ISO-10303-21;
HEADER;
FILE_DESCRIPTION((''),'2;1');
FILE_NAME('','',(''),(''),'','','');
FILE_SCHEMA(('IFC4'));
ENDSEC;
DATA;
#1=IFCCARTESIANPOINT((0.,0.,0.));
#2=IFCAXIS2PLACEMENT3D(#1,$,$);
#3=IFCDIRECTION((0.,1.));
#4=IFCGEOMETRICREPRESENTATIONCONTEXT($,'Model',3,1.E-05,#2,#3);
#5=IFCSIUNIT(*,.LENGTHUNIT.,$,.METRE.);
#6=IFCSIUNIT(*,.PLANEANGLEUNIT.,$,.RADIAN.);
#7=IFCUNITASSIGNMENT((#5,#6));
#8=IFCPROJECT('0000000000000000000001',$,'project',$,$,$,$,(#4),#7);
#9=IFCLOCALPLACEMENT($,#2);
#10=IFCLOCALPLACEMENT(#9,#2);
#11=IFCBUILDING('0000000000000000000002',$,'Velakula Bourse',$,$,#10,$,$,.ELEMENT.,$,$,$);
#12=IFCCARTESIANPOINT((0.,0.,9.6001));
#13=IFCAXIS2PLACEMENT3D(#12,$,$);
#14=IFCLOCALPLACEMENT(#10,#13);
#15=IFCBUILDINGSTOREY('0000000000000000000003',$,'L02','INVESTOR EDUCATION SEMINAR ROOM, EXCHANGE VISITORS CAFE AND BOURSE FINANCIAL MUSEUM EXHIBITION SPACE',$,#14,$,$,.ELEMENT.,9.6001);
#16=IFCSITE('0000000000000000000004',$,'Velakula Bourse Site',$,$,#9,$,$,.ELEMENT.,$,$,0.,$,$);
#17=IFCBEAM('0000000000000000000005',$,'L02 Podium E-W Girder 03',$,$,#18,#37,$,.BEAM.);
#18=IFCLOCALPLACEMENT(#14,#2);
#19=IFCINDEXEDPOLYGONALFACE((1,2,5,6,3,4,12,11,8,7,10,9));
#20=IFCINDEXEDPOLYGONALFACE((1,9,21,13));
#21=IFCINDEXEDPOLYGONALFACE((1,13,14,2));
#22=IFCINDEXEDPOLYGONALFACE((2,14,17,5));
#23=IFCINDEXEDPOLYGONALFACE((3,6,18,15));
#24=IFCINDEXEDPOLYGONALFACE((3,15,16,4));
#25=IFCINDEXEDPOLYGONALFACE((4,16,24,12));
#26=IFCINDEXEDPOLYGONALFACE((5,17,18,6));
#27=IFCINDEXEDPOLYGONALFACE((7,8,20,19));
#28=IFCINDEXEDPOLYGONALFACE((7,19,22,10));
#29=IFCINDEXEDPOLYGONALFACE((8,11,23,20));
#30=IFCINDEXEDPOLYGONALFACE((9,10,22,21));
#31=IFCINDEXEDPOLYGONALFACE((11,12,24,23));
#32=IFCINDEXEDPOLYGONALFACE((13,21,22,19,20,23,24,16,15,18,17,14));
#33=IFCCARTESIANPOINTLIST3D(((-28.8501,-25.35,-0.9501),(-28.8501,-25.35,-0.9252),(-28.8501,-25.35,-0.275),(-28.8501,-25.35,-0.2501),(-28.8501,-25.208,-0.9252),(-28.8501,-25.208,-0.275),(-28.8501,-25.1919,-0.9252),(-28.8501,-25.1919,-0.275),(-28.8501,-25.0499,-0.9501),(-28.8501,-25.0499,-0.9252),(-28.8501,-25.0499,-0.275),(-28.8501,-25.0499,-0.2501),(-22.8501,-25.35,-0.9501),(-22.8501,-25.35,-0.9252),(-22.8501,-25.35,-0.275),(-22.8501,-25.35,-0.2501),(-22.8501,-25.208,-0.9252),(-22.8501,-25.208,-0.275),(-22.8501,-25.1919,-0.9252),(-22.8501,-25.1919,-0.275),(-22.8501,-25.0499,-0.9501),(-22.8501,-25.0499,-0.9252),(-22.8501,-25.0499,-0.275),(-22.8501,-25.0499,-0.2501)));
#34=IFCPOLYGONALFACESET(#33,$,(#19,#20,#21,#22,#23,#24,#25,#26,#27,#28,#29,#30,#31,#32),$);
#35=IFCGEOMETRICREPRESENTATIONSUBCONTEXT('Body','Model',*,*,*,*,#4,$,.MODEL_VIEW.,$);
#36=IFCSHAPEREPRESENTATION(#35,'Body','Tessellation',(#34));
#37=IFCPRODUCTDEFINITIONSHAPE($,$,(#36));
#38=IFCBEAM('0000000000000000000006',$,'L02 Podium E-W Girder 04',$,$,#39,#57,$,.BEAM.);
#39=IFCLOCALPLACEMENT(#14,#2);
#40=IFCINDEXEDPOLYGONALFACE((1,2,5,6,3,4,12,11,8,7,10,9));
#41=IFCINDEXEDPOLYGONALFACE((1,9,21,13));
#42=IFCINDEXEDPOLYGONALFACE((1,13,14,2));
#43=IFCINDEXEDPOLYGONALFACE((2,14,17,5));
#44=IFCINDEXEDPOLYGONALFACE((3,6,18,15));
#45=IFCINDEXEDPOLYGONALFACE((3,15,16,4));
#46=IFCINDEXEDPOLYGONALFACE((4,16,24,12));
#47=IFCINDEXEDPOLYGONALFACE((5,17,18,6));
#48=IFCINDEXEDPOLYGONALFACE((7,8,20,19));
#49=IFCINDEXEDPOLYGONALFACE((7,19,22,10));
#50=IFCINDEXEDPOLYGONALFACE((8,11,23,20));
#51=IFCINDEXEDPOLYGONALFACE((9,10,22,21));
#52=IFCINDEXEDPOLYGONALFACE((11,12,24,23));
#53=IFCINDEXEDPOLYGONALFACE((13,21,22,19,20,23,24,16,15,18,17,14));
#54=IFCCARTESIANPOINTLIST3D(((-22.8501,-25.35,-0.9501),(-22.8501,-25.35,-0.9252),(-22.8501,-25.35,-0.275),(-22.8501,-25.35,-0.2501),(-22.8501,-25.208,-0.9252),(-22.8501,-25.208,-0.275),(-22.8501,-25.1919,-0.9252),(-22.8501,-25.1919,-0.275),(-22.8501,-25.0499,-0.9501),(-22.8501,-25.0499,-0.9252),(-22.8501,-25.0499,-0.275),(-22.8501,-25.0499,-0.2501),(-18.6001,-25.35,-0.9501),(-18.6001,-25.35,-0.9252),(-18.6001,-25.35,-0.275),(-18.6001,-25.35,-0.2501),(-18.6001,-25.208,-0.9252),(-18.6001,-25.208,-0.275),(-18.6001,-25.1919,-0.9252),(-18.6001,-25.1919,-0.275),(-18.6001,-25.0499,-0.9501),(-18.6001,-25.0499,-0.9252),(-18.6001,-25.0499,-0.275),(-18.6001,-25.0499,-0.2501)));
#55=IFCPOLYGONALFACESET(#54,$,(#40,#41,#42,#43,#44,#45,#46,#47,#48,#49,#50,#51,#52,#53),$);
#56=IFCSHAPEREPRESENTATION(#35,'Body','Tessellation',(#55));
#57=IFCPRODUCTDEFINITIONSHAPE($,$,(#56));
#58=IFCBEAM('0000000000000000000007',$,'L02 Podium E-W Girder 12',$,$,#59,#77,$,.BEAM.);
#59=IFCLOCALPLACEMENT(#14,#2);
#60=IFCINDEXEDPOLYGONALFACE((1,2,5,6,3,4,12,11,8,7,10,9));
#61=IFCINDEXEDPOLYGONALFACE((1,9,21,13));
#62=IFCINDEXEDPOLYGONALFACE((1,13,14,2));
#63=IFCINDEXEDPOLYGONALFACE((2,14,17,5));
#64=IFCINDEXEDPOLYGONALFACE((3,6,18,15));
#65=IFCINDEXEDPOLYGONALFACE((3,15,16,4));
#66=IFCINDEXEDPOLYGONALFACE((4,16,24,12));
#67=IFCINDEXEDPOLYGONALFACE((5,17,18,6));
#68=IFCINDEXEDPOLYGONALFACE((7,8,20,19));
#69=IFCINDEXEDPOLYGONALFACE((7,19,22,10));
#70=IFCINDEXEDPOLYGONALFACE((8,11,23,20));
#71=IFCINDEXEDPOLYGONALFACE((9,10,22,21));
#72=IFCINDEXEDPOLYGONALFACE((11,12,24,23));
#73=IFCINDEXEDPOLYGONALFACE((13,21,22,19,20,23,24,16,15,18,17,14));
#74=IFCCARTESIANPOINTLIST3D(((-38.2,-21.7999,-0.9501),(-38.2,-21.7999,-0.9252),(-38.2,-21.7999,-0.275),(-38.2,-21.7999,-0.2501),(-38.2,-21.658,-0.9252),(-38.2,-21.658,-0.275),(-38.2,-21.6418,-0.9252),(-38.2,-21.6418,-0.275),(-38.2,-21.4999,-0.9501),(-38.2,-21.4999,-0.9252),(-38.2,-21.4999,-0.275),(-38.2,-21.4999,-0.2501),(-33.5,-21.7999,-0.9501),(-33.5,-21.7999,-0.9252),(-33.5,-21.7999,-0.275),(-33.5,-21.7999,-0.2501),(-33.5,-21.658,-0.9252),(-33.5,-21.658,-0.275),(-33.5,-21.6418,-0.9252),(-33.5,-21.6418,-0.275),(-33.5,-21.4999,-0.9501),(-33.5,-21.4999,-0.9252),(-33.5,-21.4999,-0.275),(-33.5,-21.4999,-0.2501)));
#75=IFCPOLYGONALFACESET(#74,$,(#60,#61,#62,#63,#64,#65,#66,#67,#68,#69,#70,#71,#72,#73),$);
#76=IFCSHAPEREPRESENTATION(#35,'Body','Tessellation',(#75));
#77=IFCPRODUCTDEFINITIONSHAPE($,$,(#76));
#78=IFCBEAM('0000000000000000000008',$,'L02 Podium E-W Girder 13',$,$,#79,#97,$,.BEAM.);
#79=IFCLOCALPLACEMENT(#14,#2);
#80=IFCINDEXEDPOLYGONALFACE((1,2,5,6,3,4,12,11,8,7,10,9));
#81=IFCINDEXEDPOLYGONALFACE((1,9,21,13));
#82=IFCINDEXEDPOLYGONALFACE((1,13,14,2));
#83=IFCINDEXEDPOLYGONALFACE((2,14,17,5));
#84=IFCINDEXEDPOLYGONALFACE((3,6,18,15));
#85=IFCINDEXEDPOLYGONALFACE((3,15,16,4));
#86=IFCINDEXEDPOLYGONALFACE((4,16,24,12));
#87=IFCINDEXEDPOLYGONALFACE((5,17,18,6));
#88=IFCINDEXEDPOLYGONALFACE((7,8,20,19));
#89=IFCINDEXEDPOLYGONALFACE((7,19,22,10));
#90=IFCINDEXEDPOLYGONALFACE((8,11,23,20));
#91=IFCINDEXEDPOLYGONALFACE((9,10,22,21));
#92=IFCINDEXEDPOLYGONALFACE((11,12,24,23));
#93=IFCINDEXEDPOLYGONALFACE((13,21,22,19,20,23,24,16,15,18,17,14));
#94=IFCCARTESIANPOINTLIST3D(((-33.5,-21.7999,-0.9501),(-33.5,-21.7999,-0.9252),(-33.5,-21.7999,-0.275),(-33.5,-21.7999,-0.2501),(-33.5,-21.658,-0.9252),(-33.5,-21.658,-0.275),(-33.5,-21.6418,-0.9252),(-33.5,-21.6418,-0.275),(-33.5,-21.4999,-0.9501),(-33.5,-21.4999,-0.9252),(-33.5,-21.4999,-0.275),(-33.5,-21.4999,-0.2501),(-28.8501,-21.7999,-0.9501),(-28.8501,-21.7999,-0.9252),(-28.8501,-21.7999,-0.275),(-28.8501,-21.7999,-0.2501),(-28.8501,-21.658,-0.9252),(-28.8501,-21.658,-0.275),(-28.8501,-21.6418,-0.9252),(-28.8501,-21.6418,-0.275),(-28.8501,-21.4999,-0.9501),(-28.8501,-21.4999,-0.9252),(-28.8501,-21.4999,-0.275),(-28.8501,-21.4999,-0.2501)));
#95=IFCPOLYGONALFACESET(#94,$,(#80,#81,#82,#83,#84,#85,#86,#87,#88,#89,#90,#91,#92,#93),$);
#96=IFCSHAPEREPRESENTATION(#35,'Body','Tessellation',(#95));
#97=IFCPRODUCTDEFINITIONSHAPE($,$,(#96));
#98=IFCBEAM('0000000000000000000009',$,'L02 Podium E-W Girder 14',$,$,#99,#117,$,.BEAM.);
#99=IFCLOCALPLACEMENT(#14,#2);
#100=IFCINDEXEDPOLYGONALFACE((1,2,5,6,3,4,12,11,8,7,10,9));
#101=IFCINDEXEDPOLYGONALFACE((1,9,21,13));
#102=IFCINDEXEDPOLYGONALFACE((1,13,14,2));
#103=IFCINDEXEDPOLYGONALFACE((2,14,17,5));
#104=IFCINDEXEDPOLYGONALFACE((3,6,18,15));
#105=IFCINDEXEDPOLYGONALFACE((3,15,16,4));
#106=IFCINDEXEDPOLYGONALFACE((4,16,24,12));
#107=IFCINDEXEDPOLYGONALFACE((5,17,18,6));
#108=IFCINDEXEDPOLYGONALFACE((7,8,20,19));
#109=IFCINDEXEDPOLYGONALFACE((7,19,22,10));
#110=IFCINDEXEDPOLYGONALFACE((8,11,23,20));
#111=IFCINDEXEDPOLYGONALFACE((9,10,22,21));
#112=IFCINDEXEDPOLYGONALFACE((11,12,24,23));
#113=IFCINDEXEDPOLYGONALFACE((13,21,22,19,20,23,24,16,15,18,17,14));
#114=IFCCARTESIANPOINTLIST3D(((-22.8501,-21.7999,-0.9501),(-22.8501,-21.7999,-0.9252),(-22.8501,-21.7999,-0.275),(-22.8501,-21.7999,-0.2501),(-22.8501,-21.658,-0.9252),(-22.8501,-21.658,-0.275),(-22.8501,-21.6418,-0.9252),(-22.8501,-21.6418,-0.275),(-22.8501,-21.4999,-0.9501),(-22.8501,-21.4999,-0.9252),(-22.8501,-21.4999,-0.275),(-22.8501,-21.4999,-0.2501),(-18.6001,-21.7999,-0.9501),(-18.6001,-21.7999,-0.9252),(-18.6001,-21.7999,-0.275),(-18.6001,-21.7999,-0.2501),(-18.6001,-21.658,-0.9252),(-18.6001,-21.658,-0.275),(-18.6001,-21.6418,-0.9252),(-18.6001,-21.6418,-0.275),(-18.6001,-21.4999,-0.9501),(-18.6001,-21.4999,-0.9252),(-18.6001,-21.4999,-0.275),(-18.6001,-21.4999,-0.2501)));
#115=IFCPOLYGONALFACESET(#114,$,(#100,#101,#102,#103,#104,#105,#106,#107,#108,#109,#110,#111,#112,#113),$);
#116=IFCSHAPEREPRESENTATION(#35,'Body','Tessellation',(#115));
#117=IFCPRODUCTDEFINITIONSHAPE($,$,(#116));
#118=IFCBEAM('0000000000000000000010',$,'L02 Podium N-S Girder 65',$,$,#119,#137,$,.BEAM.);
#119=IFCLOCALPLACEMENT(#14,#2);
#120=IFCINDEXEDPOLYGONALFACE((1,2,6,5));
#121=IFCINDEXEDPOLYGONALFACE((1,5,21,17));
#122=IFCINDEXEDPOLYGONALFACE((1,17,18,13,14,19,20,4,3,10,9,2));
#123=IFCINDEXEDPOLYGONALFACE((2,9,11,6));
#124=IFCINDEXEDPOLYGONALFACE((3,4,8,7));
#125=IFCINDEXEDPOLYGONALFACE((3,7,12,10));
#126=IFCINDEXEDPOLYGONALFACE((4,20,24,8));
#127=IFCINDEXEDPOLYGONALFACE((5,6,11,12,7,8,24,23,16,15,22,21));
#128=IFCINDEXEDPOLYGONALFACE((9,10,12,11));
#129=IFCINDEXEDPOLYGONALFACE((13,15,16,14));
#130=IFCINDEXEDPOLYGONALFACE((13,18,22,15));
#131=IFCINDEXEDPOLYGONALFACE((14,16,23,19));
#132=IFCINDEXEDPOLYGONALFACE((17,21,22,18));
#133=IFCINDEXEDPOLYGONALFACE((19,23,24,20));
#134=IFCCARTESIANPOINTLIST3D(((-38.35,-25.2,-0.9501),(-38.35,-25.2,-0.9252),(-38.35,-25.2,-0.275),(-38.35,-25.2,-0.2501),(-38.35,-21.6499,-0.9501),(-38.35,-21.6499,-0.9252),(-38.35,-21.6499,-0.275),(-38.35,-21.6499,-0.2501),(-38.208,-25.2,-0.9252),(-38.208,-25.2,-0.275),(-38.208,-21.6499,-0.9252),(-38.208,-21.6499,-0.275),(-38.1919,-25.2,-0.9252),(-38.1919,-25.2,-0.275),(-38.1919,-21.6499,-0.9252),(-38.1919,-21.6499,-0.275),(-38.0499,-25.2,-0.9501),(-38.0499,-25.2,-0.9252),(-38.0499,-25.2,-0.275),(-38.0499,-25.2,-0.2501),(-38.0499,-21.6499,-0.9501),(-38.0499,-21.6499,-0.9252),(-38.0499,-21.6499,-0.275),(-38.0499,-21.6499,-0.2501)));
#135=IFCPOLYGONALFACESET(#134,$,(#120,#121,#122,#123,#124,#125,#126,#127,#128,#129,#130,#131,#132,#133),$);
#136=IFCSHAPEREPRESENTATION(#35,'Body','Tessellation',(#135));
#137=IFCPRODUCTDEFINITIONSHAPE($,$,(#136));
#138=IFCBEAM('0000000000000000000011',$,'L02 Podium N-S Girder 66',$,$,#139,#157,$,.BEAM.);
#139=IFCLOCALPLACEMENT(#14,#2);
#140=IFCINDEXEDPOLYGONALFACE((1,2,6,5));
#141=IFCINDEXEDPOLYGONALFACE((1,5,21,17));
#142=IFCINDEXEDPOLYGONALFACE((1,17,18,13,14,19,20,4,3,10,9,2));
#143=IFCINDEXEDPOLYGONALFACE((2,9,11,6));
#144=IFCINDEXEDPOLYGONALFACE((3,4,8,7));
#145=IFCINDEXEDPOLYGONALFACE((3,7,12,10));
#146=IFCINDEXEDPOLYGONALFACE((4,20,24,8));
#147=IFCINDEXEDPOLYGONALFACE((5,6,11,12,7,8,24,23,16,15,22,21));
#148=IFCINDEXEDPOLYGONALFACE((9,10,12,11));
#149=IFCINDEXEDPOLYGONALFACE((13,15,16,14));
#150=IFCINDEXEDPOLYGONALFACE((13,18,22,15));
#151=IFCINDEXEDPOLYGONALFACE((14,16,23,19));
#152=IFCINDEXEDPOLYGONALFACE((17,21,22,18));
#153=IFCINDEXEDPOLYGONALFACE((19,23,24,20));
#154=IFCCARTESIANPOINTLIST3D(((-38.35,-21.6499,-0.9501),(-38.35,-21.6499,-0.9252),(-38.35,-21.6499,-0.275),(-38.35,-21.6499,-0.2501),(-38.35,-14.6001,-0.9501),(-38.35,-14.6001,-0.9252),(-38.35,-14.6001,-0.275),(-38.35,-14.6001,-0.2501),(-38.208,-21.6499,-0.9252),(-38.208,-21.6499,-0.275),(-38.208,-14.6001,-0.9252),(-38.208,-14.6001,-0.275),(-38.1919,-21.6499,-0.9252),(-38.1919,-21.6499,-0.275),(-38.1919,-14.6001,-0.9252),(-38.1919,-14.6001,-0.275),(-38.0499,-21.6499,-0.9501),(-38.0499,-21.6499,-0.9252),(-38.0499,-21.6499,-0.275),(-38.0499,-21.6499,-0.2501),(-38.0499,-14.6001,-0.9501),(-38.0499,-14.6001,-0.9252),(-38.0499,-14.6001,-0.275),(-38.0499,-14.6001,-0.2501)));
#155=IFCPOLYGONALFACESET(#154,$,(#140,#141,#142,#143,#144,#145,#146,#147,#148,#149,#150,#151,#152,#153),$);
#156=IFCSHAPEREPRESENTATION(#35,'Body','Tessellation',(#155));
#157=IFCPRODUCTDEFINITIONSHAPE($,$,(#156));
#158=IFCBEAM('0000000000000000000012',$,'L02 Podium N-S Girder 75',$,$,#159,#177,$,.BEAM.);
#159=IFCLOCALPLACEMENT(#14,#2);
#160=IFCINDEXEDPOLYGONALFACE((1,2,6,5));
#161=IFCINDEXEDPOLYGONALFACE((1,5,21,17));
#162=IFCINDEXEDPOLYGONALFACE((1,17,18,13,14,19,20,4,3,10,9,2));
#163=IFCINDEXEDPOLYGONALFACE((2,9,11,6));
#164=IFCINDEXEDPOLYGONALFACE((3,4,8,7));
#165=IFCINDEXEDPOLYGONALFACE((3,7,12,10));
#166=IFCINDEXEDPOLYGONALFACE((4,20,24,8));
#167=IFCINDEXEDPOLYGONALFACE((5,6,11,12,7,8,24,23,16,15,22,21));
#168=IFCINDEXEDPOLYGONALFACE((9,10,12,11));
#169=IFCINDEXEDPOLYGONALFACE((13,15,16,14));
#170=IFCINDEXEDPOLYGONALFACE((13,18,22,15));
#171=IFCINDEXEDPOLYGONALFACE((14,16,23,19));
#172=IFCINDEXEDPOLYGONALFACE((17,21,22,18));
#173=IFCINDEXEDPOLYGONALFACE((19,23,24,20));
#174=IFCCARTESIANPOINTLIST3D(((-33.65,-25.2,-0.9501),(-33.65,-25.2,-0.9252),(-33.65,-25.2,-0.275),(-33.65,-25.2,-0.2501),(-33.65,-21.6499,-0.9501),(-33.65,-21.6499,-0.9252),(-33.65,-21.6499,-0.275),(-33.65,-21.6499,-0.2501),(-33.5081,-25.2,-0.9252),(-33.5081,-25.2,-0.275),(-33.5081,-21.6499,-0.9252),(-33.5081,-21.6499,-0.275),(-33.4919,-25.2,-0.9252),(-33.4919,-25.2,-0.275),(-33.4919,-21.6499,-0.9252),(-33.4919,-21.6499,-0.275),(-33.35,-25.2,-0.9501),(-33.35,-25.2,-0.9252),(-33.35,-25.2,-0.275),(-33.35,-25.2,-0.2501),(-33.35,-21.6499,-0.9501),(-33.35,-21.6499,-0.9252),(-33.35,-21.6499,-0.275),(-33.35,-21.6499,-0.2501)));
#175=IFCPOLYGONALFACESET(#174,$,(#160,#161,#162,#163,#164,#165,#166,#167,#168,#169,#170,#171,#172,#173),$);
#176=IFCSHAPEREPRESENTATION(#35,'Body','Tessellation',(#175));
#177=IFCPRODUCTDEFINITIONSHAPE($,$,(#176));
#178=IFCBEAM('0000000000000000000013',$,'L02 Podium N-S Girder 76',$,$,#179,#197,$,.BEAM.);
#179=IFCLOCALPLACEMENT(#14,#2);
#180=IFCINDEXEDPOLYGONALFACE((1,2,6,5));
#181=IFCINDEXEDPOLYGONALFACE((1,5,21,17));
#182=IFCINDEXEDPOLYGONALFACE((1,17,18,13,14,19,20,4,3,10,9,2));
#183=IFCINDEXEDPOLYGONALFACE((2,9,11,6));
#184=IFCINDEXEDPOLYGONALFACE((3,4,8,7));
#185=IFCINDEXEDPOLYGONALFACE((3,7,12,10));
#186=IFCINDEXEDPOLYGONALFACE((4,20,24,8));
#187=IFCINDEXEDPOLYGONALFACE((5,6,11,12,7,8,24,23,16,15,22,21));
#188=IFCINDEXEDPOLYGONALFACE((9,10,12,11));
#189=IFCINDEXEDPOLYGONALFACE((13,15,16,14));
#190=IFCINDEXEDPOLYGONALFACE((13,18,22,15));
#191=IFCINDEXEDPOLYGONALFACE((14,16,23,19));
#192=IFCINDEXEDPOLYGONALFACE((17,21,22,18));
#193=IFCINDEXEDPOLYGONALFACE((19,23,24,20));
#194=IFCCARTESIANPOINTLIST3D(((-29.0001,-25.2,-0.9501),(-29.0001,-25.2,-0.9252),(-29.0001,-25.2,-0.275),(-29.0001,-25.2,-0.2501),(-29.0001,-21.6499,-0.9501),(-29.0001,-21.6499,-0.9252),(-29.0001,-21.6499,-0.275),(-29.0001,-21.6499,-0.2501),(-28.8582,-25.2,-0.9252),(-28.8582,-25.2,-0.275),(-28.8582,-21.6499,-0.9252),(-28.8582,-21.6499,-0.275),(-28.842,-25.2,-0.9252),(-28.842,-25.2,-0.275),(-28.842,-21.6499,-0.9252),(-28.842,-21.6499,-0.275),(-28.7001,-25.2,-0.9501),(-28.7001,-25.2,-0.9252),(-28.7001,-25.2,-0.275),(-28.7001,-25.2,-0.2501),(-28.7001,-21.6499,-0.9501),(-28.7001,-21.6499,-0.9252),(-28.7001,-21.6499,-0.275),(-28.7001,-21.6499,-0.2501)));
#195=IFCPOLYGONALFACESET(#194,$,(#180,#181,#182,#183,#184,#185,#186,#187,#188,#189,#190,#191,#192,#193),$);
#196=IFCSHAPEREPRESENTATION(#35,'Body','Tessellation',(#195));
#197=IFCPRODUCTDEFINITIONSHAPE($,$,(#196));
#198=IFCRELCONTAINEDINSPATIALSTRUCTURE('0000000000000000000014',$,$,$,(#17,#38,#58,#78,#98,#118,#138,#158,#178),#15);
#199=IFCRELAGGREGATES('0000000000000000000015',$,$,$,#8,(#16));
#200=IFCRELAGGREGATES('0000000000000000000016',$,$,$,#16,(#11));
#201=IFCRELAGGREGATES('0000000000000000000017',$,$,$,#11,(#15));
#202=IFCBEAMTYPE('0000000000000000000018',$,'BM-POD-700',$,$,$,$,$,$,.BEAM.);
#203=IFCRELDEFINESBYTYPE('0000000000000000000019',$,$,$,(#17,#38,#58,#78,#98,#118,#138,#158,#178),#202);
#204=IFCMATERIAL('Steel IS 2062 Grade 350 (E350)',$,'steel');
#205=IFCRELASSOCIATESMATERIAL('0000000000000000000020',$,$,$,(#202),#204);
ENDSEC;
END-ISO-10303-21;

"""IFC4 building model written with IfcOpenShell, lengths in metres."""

from ifc_helpers import new_model, si_unit, direction, frame, origin, origin_2d, place, context, subcontext, project, spatial, i_section, extrude, material, material_profile, profile_set, type_object, element, save


model = new_model("IFC4")

# Units and contexts
model_context = context("Model", 3, precision=1e-05, world=origin(), true_north=direction((0.0, 1.0)))
body_context = subcontext(model_context, "Body", "Model", "MODEL_VIEW")
ifc_project = project(units=[si_unit("LENGTHUNIT", "METRE"), si_unit("PLANEANGLEUNIT", "RADIAN")], contexts=[model_context])

# Site, building, storey
site_placement = place(None, origin())
site = spatial("IfcSite", under=ifc_project, at=site_placement, Name="Velakula Bourse Site", CompositionType="ELEMENT", RefElevation=0.0)
building_placement = place(site_placement, origin())
building = spatial("IfcBuilding", under=site, at=building_placement, Name="Velakula Bourse", CompositionType="ELEMENT")
storey_placement = place(building_placement, frame((0.0, 0.0, 9.6001)))
storey = spatial("IfcBuildingStorey", under=building, at=storey_placement, Name="L02", Description="INVESTOR EDUCATION SEMINAR ROOM, EXCHANGE VISITORS CAFE AND BOURSE FINANCIAL MUSEUM EXHIBITION SPACE", CompositionType="ELEMENT", Elevation=9.6001)

# Beams
ifc_material_1 = material(Name="Steel IS 2062 Grade 350 (E350)", Category="steel")
ifc_material_profile_1 = material_profile(ifc_material_1, i_section(OverallWidth=0.3, OverallDepth=0.7, WebThickness=0.0161, FlangeThickness=0.0249, at=origin_2d()), Name="Steel IS 2062 Grade 350 (E350)")
ifc_profile_set_1 = profile_set([ifc_material_profile_1], Name="Steel IS 2062 Grade 350 (E350)")
beam_type_1 = type_object("IfcBeamType", Name="BM-POD-700", PredefinedType="BEAM", material=ifc_profile_set_1)
beam_1_placement = place(storey_placement, frame((-28.8501, -25.2, -0.6001), z_axis=(1.0, 0.0, 0.0), x_axis=(0.0, 1.0, 0.0)))
element("IfcBeam", 1, at=beam_1_placement, inside=storey, type_object=beam_type_1, Name="L02 Podium E-W Girder 03", PredefinedType="BEAM", context=body_context, shape_type="SweptSolid", body=[
    extrude(i_section(OverallWidth=0.3, OverallDepth=0.7, WebThickness=0.0161, FlangeThickness=0.0249, at=origin_2d()), origin(), (0.0, 0.0, 1.0), 6.0),
])
beam_2_placement = place(storey_placement, frame((-22.8501, -25.2, -0.6001), z_axis=(1.0, 0.0, 0.0), x_axis=(0.0, 1.0, 0.0)))
element("IfcBeam", 2, at=beam_2_placement, inside=storey, type_object=beam_type_1, Name="L02 Podium E-W Girder 04", PredefinedType="BEAM", context=body_context, shape_type="SweptSolid", body=[
    extrude(i_section(OverallWidth=0.3, OverallDepth=0.7, WebThickness=0.0161, FlangeThickness=0.0249, at=origin_2d()), origin(), (0.0, 0.0, 1.0), 4.25),
])
beam_3_placement = place(storey_placement, frame((-38.2, -21.6499, -0.6001), z_axis=(1.0, 0.0, 0.0), x_axis=(0.0, 1.0, 0.0)))
element("IfcBeam", 3, at=beam_3_placement, inside=storey, type_object=beam_type_1, Name="L02 Podium E-W Girder 12", PredefinedType="BEAM", context=body_context, shape_type="SweptSolid", body=[
    extrude(i_section(OverallWidth=0.3, OverallDepth=0.7, WebThickness=0.0161, FlangeThickness=0.0249, at=origin_2d()), origin(), (0.0, 0.0, 1.0), 4.7),
])
beam_4_placement = place(storey_placement, frame((-33.5, -21.6499, -0.6001), z_axis=(1.0, 0.0, 0.0), x_axis=(0.0, 1.0, 0.0)))
element("IfcBeam", 4, at=beam_4_placement, inside=storey, type_object=beam_type_1, Name="L02 Podium E-W Girder 13", PredefinedType="BEAM", context=body_context, shape_type="SweptSolid", body=[
    extrude(i_section(OverallWidth=0.3, OverallDepth=0.7, WebThickness=0.0161, FlangeThickness=0.0249, at=origin_2d()), origin(), (0.0, 0.0, 1.0), 4.6499),
])
beam_5_placement = place(storey_placement, frame((-22.8501, -21.6499, -0.6001), z_axis=(1.0, 0.0, 0.0), x_axis=(0.0, 1.0, 0.0)))
element("IfcBeam", 5, at=beam_5_placement, inside=storey, type_object=beam_type_1, Name="L02 Podium E-W Girder 14", PredefinedType="BEAM", context=body_context, shape_type="SweptSolid", body=[
    extrude(i_section(OverallWidth=0.3, OverallDepth=0.7, WebThickness=0.0161, FlangeThickness=0.0249, at=origin_2d()), origin(), (0.0, 0.0, 1.0), 4.25),
])
beam_6_placement = place(storey_placement, frame((-38.2, -25.2, -0.6001), z_axis=(0.0, 1.0, 0.0), x_axis=(-1.0, 0.0, 0.0)))
element("IfcBeam", 6, at=beam_6_placement, inside=storey, type_object=beam_type_1, Name="L02 Podium N-S Girder 65", PredefinedType="BEAM", context=body_context, shape_type="SweptSolid", body=[
    extrude(i_section(OverallWidth=0.3, OverallDepth=0.7, WebThickness=0.0161, FlangeThickness=0.0249, at=origin_2d()), origin(), (0.0, 0.0, 1.0), 3.55),
])
beam_7_placement = place(storey_placement, frame((-38.2, -21.6499, -0.6001), z_axis=(0.0, 1.0, 0.0), x_axis=(-1.0, 0.0, 0.0)))
element("IfcBeam", 7, at=beam_7_placement, inside=storey, type_object=beam_type_1, Name="L02 Podium N-S Girder 66", PredefinedType="BEAM", context=body_context, shape_type="SweptSolid", body=[
    extrude(i_section(OverallWidth=0.3, OverallDepth=0.7, WebThickness=0.0161, FlangeThickness=0.0249, at=origin_2d()), origin(), (0.0, 0.0, 1.0), 7.0498),
])
for number, where, z_axis, x_axis, name in (
    (8, (-33.5, -25.2, -0.6001), (0.0, 1.0, 0.0), (-1.0, 0.0, 0.0), "L02 Podium N-S Girder 75"),
    (9, (-28.8501, -25.2, -0.6001), (0.0, 1.0, 0.0), (-1.0, 0.0, 0.0), "L02 Podium N-S Girder 76"),
):
    element("IfcBeam", number, at=place(storey_placement, frame(where, z_axis=z_axis, x_axis=x_axis)), inside=storey, type_object=beam_type_1, Name=name, PredefinedType="BEAM", context=body_context, shape_type="SweptSolid", body=[
        extrude(i_section(OverallWidth=0.3, OverallDepth=0.7, WebThickness=0.0161, FlangeThickness=0.0249, at=origin_2d()), origin(), (0.0, 0.0, 1.0), 3.55),
    ])

save(model, "model.ifc")
